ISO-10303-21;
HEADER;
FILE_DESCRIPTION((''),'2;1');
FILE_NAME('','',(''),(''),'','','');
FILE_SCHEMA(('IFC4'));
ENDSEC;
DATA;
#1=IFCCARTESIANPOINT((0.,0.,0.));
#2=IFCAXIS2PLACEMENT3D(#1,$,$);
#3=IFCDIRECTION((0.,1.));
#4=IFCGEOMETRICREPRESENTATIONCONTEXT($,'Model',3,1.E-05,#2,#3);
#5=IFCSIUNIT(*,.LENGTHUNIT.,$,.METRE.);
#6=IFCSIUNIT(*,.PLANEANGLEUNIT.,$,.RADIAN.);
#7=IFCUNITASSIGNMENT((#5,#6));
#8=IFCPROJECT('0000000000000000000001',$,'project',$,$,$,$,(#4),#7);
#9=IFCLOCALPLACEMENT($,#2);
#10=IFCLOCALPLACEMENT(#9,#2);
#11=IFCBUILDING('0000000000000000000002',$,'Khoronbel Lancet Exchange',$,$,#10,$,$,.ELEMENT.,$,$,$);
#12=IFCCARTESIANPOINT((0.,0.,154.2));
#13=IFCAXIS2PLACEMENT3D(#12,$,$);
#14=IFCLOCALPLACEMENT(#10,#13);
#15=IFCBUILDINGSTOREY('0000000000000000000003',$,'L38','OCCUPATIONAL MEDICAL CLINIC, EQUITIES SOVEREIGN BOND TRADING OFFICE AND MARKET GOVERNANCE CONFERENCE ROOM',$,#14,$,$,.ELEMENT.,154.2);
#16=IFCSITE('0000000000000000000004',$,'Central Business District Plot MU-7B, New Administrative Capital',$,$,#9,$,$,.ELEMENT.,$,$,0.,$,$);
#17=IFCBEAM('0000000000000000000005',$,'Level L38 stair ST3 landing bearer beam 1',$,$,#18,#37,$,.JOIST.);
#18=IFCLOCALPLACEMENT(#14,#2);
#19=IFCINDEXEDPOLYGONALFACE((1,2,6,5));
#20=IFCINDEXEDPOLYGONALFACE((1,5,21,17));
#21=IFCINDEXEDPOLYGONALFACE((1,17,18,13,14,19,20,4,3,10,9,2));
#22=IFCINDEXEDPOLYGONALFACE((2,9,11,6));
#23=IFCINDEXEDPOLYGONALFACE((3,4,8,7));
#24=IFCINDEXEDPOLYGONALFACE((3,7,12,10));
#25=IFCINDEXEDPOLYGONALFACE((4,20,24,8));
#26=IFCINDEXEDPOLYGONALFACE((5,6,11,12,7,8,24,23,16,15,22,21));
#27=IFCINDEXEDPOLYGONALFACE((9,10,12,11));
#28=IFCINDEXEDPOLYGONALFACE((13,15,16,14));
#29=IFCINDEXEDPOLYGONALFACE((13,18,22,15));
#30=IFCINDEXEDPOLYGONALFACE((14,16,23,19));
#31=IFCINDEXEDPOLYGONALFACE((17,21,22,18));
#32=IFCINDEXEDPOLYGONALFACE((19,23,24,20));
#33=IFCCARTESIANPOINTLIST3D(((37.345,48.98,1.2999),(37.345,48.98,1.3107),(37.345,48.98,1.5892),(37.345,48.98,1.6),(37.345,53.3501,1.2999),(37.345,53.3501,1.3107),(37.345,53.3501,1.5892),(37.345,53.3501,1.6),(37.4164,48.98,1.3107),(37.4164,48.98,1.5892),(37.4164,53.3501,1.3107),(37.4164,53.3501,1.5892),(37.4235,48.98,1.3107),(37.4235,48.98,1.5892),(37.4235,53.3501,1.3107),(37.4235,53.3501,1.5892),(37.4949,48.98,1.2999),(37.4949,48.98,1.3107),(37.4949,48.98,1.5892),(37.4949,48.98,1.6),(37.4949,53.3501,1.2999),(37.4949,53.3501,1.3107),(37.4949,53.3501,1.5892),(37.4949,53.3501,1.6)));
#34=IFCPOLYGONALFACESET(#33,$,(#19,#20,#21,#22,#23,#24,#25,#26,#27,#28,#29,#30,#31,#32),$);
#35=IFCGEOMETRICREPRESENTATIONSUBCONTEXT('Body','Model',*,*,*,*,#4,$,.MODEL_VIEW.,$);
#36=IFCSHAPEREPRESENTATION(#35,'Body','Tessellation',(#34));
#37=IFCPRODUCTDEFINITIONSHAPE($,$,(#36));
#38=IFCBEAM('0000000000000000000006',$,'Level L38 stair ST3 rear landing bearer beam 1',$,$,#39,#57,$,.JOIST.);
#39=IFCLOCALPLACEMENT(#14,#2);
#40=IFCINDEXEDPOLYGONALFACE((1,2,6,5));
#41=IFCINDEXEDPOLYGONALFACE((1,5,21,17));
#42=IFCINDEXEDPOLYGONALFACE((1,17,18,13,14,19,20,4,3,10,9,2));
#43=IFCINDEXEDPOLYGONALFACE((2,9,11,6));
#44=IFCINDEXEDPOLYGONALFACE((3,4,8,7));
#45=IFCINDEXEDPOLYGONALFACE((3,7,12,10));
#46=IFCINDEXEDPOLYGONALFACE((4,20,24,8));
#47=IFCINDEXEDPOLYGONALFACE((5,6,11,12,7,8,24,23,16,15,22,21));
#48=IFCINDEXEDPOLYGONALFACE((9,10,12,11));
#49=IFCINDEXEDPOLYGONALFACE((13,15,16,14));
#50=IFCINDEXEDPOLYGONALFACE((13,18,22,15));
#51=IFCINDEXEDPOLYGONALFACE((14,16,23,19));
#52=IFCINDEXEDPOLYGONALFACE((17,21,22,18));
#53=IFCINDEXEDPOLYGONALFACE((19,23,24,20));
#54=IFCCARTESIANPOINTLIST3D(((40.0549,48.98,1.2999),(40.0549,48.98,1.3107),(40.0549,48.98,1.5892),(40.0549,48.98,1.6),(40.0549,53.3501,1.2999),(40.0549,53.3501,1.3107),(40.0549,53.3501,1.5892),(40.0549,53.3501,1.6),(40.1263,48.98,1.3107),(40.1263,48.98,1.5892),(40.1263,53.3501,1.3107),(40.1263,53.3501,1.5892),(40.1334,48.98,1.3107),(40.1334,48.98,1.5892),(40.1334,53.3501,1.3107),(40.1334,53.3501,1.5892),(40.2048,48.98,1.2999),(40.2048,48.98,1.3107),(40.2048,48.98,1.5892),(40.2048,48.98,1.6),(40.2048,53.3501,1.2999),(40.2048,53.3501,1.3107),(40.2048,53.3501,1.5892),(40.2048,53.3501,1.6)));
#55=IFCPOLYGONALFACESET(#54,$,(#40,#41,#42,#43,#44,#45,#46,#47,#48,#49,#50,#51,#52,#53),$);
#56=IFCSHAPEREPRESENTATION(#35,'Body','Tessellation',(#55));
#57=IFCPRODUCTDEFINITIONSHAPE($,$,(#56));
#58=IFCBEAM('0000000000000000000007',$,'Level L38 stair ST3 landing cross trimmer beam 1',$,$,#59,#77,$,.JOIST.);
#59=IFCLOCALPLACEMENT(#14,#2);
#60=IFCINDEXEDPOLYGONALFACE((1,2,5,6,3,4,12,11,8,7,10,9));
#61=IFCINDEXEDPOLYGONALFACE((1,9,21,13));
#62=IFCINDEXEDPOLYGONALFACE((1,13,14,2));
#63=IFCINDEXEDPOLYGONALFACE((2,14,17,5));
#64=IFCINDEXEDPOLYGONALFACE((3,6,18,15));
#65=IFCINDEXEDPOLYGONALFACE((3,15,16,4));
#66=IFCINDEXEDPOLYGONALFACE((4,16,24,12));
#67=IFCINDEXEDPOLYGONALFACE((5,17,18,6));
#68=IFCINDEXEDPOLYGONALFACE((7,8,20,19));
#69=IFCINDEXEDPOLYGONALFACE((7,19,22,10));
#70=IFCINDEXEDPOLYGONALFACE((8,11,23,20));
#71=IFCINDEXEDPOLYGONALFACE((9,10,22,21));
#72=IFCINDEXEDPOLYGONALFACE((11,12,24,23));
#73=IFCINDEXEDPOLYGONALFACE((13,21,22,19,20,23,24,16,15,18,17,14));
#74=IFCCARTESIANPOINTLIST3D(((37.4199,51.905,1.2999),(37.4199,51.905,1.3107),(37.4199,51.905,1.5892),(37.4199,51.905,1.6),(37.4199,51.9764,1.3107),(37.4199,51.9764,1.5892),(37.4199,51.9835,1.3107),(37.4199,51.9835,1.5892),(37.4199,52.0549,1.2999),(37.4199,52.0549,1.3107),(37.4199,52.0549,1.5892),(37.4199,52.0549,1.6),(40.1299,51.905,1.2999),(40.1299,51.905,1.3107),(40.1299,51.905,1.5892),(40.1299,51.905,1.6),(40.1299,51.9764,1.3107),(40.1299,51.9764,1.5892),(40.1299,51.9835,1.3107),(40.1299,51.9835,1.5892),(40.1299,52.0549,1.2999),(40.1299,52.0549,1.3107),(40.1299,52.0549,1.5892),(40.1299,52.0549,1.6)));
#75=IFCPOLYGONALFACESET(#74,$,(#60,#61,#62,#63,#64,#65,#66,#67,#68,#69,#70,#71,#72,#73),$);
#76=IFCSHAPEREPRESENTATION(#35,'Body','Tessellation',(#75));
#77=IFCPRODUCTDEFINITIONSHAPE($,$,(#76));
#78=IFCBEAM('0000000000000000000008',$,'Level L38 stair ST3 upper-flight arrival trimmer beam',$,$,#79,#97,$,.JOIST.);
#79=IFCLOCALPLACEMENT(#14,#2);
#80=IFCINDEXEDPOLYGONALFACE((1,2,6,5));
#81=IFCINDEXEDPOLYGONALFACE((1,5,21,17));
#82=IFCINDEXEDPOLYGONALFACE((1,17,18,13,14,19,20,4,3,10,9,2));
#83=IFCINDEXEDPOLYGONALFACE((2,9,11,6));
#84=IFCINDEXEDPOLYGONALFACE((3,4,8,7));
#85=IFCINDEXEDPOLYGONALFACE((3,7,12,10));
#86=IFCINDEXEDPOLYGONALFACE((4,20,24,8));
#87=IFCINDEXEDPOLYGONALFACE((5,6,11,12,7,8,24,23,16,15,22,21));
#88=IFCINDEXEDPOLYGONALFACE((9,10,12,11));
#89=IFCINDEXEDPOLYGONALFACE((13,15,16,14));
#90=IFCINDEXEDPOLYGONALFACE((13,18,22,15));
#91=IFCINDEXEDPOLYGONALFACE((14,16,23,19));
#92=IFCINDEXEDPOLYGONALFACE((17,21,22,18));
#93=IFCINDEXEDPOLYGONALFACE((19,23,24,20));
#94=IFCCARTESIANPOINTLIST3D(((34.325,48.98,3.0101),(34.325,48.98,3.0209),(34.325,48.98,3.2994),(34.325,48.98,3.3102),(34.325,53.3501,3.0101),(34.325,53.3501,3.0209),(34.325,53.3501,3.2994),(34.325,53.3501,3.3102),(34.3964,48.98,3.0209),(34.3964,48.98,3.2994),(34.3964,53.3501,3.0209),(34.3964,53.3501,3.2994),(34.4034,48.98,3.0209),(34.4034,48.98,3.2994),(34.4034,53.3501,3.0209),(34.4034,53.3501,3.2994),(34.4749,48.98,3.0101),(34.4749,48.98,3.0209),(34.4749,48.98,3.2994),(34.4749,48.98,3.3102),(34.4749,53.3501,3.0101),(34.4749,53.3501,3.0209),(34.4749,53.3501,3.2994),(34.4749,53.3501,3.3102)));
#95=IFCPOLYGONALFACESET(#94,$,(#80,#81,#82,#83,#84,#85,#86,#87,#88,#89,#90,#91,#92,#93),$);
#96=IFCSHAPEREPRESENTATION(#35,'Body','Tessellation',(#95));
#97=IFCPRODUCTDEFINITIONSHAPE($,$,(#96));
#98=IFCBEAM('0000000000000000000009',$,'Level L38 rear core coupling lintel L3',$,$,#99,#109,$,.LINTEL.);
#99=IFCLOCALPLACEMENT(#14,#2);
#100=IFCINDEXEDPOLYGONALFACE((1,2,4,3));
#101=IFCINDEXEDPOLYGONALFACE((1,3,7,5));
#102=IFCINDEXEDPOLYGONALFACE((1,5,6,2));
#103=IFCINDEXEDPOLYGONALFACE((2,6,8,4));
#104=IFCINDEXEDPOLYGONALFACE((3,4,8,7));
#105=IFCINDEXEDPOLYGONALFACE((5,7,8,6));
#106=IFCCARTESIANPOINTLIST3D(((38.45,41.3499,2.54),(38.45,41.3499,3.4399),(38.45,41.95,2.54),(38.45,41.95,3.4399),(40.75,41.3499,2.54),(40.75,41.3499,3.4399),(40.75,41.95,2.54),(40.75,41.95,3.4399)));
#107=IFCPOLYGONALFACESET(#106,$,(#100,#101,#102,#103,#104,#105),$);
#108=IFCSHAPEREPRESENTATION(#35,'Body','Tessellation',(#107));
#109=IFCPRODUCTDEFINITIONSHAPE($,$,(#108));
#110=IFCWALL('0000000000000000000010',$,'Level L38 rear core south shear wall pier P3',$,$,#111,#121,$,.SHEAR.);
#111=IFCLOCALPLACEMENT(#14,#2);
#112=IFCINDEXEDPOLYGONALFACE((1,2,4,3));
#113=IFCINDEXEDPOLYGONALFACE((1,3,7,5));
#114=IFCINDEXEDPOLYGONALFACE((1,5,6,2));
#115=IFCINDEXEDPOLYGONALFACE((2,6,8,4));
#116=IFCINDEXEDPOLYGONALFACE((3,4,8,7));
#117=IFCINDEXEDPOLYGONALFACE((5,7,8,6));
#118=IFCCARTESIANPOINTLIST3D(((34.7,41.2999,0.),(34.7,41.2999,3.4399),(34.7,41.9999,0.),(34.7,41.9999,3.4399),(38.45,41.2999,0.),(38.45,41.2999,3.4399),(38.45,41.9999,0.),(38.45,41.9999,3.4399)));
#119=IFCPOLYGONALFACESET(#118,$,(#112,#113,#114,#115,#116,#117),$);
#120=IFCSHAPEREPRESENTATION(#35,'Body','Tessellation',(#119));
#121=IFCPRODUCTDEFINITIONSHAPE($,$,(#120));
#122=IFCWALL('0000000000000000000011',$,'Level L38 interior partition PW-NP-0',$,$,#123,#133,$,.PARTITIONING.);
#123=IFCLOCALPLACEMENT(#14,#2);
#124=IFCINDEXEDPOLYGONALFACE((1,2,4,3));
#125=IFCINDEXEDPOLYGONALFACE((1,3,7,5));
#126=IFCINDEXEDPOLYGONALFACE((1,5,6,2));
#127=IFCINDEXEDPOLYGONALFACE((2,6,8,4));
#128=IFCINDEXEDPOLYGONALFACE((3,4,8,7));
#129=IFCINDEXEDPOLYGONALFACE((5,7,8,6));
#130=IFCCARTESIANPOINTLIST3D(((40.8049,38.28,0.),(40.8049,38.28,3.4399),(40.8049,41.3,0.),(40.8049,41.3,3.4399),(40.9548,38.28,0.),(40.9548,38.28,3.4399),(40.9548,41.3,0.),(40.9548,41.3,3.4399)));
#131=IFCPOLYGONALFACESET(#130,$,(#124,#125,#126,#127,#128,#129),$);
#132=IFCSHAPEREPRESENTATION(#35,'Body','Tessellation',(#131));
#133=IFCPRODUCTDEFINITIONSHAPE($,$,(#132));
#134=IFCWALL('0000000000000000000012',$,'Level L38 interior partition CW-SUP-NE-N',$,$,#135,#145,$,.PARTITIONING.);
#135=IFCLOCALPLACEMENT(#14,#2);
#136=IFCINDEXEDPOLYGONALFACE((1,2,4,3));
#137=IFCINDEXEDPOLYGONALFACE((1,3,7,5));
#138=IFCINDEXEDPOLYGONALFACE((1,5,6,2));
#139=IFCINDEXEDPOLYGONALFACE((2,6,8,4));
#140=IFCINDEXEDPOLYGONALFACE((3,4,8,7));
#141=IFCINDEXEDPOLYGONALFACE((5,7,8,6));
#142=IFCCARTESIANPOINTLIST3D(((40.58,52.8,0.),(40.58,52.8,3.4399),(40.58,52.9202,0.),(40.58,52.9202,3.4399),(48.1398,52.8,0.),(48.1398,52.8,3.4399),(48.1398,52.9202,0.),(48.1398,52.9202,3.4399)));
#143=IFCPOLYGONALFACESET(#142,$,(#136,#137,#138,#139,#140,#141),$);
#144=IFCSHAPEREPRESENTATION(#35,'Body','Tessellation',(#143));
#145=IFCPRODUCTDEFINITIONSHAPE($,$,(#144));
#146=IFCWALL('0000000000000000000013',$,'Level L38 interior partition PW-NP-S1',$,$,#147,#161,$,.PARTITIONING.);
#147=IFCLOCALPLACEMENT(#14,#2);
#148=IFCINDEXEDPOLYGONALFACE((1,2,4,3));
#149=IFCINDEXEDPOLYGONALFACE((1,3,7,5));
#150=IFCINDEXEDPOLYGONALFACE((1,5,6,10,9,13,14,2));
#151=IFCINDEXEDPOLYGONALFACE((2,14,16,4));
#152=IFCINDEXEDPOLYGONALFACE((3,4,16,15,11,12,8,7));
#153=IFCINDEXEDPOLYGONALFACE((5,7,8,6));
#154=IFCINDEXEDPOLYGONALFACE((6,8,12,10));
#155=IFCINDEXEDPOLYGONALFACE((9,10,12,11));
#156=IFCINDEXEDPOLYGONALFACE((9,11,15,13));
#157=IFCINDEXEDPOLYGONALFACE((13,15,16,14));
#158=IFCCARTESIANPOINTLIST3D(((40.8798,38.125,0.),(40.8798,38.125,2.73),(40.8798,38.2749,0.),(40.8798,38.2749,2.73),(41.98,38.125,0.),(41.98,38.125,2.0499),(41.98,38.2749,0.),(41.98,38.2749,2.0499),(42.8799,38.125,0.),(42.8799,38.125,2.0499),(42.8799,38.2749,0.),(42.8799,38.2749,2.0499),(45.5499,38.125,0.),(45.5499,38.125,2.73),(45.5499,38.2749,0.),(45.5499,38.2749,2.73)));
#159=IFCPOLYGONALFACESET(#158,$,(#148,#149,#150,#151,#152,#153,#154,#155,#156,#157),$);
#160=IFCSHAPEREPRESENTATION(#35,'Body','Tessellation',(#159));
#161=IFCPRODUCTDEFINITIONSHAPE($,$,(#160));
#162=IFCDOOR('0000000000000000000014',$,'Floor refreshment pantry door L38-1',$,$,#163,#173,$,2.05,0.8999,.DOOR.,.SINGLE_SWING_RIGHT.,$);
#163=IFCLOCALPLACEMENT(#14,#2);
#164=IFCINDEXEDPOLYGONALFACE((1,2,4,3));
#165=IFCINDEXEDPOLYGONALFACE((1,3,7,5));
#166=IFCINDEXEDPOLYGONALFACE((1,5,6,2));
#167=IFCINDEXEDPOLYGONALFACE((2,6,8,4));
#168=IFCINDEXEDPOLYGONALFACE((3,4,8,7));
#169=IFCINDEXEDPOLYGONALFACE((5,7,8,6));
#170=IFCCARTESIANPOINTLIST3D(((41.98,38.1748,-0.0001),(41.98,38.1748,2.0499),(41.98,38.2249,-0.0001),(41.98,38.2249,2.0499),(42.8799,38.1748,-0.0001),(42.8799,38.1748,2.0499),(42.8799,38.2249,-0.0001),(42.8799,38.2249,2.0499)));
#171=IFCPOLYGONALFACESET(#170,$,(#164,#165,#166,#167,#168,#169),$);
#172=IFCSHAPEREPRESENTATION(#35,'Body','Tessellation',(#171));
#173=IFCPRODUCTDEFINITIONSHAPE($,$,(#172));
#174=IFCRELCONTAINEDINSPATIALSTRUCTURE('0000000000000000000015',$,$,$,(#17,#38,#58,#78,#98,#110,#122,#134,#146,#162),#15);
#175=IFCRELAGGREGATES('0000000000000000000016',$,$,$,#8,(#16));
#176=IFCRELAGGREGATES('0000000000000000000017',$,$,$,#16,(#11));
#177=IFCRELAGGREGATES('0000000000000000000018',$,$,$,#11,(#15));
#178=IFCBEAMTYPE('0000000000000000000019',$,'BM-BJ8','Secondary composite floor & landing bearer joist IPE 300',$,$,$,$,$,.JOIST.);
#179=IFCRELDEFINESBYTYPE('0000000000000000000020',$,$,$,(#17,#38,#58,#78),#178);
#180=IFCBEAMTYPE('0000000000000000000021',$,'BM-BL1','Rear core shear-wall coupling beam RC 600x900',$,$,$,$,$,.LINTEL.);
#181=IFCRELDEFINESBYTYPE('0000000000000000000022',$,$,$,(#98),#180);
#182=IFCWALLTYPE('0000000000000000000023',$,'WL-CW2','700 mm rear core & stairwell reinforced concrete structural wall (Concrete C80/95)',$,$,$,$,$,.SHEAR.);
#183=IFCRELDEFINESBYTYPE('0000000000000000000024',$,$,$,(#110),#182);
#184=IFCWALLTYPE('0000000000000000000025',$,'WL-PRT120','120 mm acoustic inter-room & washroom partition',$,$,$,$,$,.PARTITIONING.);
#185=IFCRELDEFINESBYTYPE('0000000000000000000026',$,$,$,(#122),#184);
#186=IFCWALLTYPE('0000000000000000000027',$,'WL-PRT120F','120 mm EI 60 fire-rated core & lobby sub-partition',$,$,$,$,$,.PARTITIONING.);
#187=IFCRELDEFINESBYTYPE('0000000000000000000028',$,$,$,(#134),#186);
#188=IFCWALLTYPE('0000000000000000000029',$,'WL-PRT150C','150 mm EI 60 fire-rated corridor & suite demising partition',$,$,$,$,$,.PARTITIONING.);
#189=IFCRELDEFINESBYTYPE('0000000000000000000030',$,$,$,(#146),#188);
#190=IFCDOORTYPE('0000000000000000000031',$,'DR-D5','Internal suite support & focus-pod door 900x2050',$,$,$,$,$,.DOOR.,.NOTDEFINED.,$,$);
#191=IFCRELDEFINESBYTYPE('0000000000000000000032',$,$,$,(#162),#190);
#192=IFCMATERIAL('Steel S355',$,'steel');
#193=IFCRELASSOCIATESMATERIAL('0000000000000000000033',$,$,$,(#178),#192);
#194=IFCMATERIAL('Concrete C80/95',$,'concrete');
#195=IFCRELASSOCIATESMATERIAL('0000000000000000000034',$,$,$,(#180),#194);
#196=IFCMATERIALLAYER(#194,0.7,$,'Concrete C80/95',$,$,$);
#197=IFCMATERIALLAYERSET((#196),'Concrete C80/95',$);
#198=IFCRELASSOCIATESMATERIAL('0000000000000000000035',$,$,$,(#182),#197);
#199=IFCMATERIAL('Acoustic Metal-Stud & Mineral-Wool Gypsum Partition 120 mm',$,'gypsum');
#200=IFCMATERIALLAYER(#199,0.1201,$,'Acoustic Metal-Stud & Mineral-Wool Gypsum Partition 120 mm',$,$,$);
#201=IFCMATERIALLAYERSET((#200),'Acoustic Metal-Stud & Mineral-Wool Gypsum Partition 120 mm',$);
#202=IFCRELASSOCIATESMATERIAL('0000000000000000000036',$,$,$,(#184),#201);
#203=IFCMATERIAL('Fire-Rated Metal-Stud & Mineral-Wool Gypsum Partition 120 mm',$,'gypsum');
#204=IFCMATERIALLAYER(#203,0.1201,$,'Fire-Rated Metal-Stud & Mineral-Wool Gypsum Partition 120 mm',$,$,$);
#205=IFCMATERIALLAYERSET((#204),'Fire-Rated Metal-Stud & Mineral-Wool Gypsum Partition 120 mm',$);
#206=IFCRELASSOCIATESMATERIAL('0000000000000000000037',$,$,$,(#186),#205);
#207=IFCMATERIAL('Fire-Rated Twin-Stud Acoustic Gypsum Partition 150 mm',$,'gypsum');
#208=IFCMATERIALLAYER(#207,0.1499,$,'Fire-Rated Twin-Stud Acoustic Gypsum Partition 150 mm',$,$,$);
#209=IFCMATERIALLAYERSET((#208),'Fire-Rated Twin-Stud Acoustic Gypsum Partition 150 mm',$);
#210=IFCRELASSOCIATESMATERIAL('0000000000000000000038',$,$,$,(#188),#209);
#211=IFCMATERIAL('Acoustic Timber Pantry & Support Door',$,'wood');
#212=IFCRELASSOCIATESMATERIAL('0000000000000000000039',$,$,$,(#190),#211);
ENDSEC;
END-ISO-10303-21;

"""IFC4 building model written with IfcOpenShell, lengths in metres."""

from ifc_helpers import new_model, si_unit, direction, frame, frame_2d, origin, origin_2d, place, context, subcontext, project, spatial, rectangle, i_section, extrude, material, layer, layer_set, material_profile, profile_set, type_object, element, fill, save


model = new_model("IFC4")

# Units and contexts
model_context = context("Model", 3, precision=1e-05, world=origin(), true_north=direction((0.0, 1.0)))
body_context = subcontext(model_context, "Body", "Model", "MODEL_VIEW")
ifc_project = project(units=[si_unit("LENGTHUNIT", "METRE"), si_unit("PLANEANGLEUNIT", "RADIAN")], contexts=[model_context])

# Site, building, storey
site_placement = place(None, origin())
site = spatial("IfcSite", under=ifc_project, at=site_placement, Name="Central Business District Plot MU-7B, New Administrative Capital", CompositionType="ELEMENT", RefElevation=0.0)
building_placement = place(site_placement, origin())
building = spatial("IfcBuilding", under=site, at=building_placement, Name="Khoronbel Lancet Exchange", CompositionType="ELEMENT")
storey_placement = place(building_placement, frame((0.0, 0.0, 154.2)))
storey = spatial("IfcBuildingStorey", under=building, at=storey_placement, Name="L38", Description="OCCUPATIONAL MEDICAL CLINIC, EQUITIES SOVEREIGN BOND TRADING OFFICE AND MARKET GOVERNANCE CONFERENCE ROOM", CompositionType="ELEMENT", Elevation=154.2)

# Beams
ifc_material_1 = material(Name="Steel S355", Category="steel")
ifc_material_profile_1 = material_profile(ifc_material_1, i_section(OverallWidth=0.1499, OverallDepth=0.3, WebThickness=0.0071, FlangeThickness=0.0107, at=origin_2d()), Name="IPE 300")
ifc_profile_set_1 = profile_set([ifc_material_profile_1], Name="Steel S355")
beam_type_1 = type_object("IfcBeamType", Name="BM-BJ8", Description="Secondary composite floor & landing bearer joist IPE 300", PredefinedType="JOIST", material=ifc_profile_set_1)
for number, where, z_axis, x_axis, name in (
    (1, (37.4199, 48.98, 1.45), (0.0, 1.0, 0.0), (-1.0, 0.0, 0.0), "Level L38 stair ST3 landing bearer beam 1"),
    (2, (40.1299, 48.98, 1.45), (0.0, 1.0, 0.0), (-1.0, 0.0, 0.0), "Level L38 stair ST3 rear landing bearer beam 1"),
):
    element("IfcBeam", number, at=place(storey_placement, frame(where, z_axis=z_axis, x_axis=x_axis)), inside=storey, type_object=beam_type_1, Name=name, PredefinedType="JOIST", context=body_context, shape_type="SweptSolid", body=[
        extrude(i_section(OverallWidth=0.1499, OverallDepth=0.3, WebThickness=0.0071, FlangeThickness=0.0107, at=origin_2d()), origin(), (0.0, 0.0, 1.0), 4.3701),
    ])
beam_1_placement = place(storey_placement, frame((37.4199, 51.98, 1.45), z_axis=(1.0, 0.0, 0.0), x_axis=(0.0, 1.0, 0.0)))
element("IfcBeam", 3, at=beam_1_placement, inside=storey, type_object=beam_type_1, Name="Level L38 stair ST3 landing cross trimmer beam 1", PredefinedType="JOIST", context=body_context, shape_type="SweptSolid", body=[
    extrude(i_section(OverallWidth=0.1499, OverallDepth=0.3, WebThickness=0.0071, FlangeThickness=0.0107, at=origin_2d()), origin(), (0.0, 0.0, 1.0), 2.71),
])
beam_2_placement = place(storey_placement, frame((34.3999, 48.98, 3.1602), z_axis=(0.0, 1.0, 0.0), x_axis=(-1.0, 0.0, 0.0)))
element("IfcBeam", 4, at=beam_2_placement, inside=storey, type_object=beam_type_1, Name="Level L38 stair ST3 upper-flight arrival trimmer beam", PredefinedType="JOIST", context=body_context, shape_type="SweptSolid", body=[
    extrude(i_section(OverallWidth=0.1499, OverallDepth=0.3, WebThickness=0.0071, FlangeThickness=0.0107, at=origin_2d()), origin(), (0.0, 0.0, 1.0), 4.3701),
])
ifc_material_2 = material(Name="Concrete C80/95", Category="concrete")
ifc_material_profile_2 = material_profile(ifc_material_2, rectangle(XDim=0.6001, YDim=0.8999, at=origin_2d()), Name="RC 600x900")
ifc_profile_set_2 = profile_set([ifc_material_profile_2], Name="Concrete C80/95")
beam_type_2 = type_object("IfcBeamType", Name="BM-BL1", Description="Rear core shear-wall coupling beam RC 600x900", PredefinedType="LINTEL", material=ifc_profile_set_2)
beam_3_placement = place(storey_placement, frame((38.45, 41.6499, 2.99), z_axis=(1.0, 0.0, 0.0), x_axis=(0.0, 1.0, 0.0)))
element("IfcBeam", 5, at=beam_3_placement, inside=storey, type_object=beam_type_2, Name="Level L38 rear core coupling lintel L3", PredefinedType="LINTEL", context=body_context, shape_type="SweptSolid", body=[
    extrude(rectangle(XDim=0.6001, YDim=0.8999, at=origin_2d()), origin(), (0.0, 0.0, 1.0), 2.3),
])

# Walls
ifc_layer_1 = layer(ifc_material_2, 0.7, Name="Concrete C80/95")
ifc_layer_set_1 = layer_set([ifc_layer_1], Name="Concrete C80/95")
wall_type_1 = type_object("IfcWallType", Name="WL-CW2", Description="700 mm rear core & stairwell reinforced concrete structural wall (Concrete C80/95)", PredefinedType="SHEAR", material=ifc_layer_set_1)
wall_1_placement = place(storey_placement, frame((38.45, 41.6499, 0.0), z_axis=(0.0, 0.0, 1.0), x_axis=(-1.0, 0.0, 0.0)))
element("IfcWall", 6, at=wall_1_placement, inside=storey, type_object=wall_type_1, Name="Level L38 rear core south shear wall pier P3", PredefinedType="SHEAR", context=body_context, shape_type="SweptSolid", body=[
    extrude(rectangle(XDim=3.75, YDim=0.7, at=frame_2d((1.875, 0.0))), origin(), (0.0, 0.0, 1.0), 3.4399),
])
ifc_material_3 = material(Name="Acoustic Metal-Stud & Mineral-Wool Gypsum Partition 120 mm", Category="gypsum")
ifc_layer_2 = layer(ifc_material_3, 0.1201, Name="Acoustic Metal-Stud & Mineral-Wool Gypsum Partition 120 mm")
ifc_layer_set_2 = layer_set([ifc_layer_2], Name="Acoustic Metal-Stud & Mineral-Wool Gypsum Partition 120 mm")
wall_type_2 = type_object("IfcWallType", Name="WL-PRT120", Description="120 mm acoustic inter-room & washroom partition", PredefinedType="PARTITIONING", material=ifc_layer_set_2)
wall_2_placement = place(storey_placement, frame((40.8799, 38.28, 0.0), z_axis=(0.0, 0.0, 1.0), x_axis=(0.0, 1.0, 0.0)))
element("IfcWall", 7, at=wall_2_placement, inside=storey, type_object=wall_type_2, Name="Level L38 interior partition PW-NP-0", PredefinedType="PARTITIONING", context=body_context, shape_type="SweptSolid", body=[
    extrude(rectangle(XDim=3.02, YDim=0.1499, at=frame_2d((1.51, 0.0))), origin(), (0.0, 0.0, 1.0), 3.4399),
])
ifc_material_4 = material(Name="Fire-Rated Metal-Stud & Mineral-Wool Gypsum Partition 120 mm", Category="gypsum")
ifc_layer_3 = layer(ifc_material_4, 0.1201, Name="Fire-Rated Metal-Stud & Mineral-Wool Gypsum Partition 120 mm")
ifc_layer_set_3 = layer_set([ifc_layer_3], Name="Fire-Rated Metal-Stud & Mineral-Wool Gypsum Partition 120 mm")
wall_type_3 = type_object("IfcWallType", Name="WL-PRT120F", Description="120 mm EI 60 fire-rated core & lobby sub-partition", PredefinedType="PARTITIONING", material=ifc_layer_set_3)
wall_3_placement = place(storey_placement, frame((40.5801, 52.8601, 0.0), z_axis=(0.0, 0.0, 1.0), x_axis=(1.0, 0.0, 0.0)))
element("IfcWall", 8, at=wall_3_placement, inside=storey, type_object=wall_type_3, Name="Level L38 interior partition CW-SUP-NE-N", PredefinedType="PARTITIONING", context=body_context, shape_type="SweptSolid", body=[
    extrude(rectangle(XDim=7.5598, YDim=0.1201, at=frame_2d((3.7798, 0.0))), origin(), (0.0, 0.0, 1.0), 3.4399),
])

# Wall, opening, door
ifc_material_5 = material(Name="Fire-Rated Twin-Stud Acoustic Gypsum Partition 150 mm", Category="gypsum")
ifc_layer_4 = layer(ifc_material_5, 0.1499, Name="Fire-Rated Twin-Stud Acoustic Gypsum Partition 150 mm")
ifc_layer_set_4 = layer_set([ifc_layer_4], Name="Fire-Rated Twin-Stud Acoustic Gypsum Partition 150 mm")
wall_type_4 = type_object("IfcWallType", Name="WL-PRT150C", Description="150 mm EI 60 fire-rated corridor & suite demising partition", PredefinedType="PARTITIONING", material=ifc_layer_set_4)
wall_4_placement = place(storey_placement, frame((40.8799, 38.2, 0.0), z_axis=(0.0, 0.0, 1.0), x_axis=(1.0, 0.0, 0.0)))
wall_4 = element("IfcWall", 9, at=wall_4_placement, inside=storey, type_object=wall_type_4, Name="Level L38 interior partition PW-NP-S1", PredefinedType="PARTITIONING", context=body_context, shape_type="SweptSolid", body=[
    extrude(rectangle(XDim=4.6702, YDim=0.1499, at=frame_2d((2.335, 0.0))), origin(), (0.0, 0.0, 1.0), 2.73),
])
opening_1_placement = place(wall_4_placement, frame((1.1001, 0.0, 0.0)))
opening_1 = element("IfcOpeningElement", 10, at=opening_1_placement, cuts=wall_4, PredefinedType="OPENING", context=body_context, shape_type="SweptSolid", body=[
    extrude(rectangle(XDim=0.8999, YDim=2.05, at=frame_2d((0.45, 1.0249))), frame((0.0, 0.085, 0.0), z_axis=(0.0, -1.0, 0.0), x_axis=(1.0, 0.0, 0.0)), (0.0, 0.0, 1.0), 0.1699),
])
ifc_material_6 = material(Name="Acoustic Timber Pantry & Support Door", Category="wood")
door_type_1 = type_object("IfcDoorType", Name="DR-D5", Description="Internal suite support & focus-pod door 900x2050", OperationType="NOTDEFINED", PredefinedType="DOOR", material=ifc_material_6)
door_1_placement = place(opening_1_placement, origin())
door_1 = element("IfcDoor", 11, at=door_1_placement, inside=storey, type_object=door_type_1, Name="Floor refreshment pantry door L38-1", OperationType="SINGLE_SWING_RIGHT", OverallHeight=2.05, OverallWidth=0.8999, PredefinedType="DOOR", context=body_context, shape_type="SweptSolid", body=[
    extrude(rectangle(XDim=0.8999, YDim=2.05, at=frame_2d((0.45, 1.0249))), frame((0.0, 0.0249, 0.0), z_axis=(0.0, -1.0, 0.0), x_axis=(1.0, 0.0, 0.0)), (0.0, 0.0, 1.0), 0.05),
])
fill(opening_1, door_1)

save(model, "model.ifc")
